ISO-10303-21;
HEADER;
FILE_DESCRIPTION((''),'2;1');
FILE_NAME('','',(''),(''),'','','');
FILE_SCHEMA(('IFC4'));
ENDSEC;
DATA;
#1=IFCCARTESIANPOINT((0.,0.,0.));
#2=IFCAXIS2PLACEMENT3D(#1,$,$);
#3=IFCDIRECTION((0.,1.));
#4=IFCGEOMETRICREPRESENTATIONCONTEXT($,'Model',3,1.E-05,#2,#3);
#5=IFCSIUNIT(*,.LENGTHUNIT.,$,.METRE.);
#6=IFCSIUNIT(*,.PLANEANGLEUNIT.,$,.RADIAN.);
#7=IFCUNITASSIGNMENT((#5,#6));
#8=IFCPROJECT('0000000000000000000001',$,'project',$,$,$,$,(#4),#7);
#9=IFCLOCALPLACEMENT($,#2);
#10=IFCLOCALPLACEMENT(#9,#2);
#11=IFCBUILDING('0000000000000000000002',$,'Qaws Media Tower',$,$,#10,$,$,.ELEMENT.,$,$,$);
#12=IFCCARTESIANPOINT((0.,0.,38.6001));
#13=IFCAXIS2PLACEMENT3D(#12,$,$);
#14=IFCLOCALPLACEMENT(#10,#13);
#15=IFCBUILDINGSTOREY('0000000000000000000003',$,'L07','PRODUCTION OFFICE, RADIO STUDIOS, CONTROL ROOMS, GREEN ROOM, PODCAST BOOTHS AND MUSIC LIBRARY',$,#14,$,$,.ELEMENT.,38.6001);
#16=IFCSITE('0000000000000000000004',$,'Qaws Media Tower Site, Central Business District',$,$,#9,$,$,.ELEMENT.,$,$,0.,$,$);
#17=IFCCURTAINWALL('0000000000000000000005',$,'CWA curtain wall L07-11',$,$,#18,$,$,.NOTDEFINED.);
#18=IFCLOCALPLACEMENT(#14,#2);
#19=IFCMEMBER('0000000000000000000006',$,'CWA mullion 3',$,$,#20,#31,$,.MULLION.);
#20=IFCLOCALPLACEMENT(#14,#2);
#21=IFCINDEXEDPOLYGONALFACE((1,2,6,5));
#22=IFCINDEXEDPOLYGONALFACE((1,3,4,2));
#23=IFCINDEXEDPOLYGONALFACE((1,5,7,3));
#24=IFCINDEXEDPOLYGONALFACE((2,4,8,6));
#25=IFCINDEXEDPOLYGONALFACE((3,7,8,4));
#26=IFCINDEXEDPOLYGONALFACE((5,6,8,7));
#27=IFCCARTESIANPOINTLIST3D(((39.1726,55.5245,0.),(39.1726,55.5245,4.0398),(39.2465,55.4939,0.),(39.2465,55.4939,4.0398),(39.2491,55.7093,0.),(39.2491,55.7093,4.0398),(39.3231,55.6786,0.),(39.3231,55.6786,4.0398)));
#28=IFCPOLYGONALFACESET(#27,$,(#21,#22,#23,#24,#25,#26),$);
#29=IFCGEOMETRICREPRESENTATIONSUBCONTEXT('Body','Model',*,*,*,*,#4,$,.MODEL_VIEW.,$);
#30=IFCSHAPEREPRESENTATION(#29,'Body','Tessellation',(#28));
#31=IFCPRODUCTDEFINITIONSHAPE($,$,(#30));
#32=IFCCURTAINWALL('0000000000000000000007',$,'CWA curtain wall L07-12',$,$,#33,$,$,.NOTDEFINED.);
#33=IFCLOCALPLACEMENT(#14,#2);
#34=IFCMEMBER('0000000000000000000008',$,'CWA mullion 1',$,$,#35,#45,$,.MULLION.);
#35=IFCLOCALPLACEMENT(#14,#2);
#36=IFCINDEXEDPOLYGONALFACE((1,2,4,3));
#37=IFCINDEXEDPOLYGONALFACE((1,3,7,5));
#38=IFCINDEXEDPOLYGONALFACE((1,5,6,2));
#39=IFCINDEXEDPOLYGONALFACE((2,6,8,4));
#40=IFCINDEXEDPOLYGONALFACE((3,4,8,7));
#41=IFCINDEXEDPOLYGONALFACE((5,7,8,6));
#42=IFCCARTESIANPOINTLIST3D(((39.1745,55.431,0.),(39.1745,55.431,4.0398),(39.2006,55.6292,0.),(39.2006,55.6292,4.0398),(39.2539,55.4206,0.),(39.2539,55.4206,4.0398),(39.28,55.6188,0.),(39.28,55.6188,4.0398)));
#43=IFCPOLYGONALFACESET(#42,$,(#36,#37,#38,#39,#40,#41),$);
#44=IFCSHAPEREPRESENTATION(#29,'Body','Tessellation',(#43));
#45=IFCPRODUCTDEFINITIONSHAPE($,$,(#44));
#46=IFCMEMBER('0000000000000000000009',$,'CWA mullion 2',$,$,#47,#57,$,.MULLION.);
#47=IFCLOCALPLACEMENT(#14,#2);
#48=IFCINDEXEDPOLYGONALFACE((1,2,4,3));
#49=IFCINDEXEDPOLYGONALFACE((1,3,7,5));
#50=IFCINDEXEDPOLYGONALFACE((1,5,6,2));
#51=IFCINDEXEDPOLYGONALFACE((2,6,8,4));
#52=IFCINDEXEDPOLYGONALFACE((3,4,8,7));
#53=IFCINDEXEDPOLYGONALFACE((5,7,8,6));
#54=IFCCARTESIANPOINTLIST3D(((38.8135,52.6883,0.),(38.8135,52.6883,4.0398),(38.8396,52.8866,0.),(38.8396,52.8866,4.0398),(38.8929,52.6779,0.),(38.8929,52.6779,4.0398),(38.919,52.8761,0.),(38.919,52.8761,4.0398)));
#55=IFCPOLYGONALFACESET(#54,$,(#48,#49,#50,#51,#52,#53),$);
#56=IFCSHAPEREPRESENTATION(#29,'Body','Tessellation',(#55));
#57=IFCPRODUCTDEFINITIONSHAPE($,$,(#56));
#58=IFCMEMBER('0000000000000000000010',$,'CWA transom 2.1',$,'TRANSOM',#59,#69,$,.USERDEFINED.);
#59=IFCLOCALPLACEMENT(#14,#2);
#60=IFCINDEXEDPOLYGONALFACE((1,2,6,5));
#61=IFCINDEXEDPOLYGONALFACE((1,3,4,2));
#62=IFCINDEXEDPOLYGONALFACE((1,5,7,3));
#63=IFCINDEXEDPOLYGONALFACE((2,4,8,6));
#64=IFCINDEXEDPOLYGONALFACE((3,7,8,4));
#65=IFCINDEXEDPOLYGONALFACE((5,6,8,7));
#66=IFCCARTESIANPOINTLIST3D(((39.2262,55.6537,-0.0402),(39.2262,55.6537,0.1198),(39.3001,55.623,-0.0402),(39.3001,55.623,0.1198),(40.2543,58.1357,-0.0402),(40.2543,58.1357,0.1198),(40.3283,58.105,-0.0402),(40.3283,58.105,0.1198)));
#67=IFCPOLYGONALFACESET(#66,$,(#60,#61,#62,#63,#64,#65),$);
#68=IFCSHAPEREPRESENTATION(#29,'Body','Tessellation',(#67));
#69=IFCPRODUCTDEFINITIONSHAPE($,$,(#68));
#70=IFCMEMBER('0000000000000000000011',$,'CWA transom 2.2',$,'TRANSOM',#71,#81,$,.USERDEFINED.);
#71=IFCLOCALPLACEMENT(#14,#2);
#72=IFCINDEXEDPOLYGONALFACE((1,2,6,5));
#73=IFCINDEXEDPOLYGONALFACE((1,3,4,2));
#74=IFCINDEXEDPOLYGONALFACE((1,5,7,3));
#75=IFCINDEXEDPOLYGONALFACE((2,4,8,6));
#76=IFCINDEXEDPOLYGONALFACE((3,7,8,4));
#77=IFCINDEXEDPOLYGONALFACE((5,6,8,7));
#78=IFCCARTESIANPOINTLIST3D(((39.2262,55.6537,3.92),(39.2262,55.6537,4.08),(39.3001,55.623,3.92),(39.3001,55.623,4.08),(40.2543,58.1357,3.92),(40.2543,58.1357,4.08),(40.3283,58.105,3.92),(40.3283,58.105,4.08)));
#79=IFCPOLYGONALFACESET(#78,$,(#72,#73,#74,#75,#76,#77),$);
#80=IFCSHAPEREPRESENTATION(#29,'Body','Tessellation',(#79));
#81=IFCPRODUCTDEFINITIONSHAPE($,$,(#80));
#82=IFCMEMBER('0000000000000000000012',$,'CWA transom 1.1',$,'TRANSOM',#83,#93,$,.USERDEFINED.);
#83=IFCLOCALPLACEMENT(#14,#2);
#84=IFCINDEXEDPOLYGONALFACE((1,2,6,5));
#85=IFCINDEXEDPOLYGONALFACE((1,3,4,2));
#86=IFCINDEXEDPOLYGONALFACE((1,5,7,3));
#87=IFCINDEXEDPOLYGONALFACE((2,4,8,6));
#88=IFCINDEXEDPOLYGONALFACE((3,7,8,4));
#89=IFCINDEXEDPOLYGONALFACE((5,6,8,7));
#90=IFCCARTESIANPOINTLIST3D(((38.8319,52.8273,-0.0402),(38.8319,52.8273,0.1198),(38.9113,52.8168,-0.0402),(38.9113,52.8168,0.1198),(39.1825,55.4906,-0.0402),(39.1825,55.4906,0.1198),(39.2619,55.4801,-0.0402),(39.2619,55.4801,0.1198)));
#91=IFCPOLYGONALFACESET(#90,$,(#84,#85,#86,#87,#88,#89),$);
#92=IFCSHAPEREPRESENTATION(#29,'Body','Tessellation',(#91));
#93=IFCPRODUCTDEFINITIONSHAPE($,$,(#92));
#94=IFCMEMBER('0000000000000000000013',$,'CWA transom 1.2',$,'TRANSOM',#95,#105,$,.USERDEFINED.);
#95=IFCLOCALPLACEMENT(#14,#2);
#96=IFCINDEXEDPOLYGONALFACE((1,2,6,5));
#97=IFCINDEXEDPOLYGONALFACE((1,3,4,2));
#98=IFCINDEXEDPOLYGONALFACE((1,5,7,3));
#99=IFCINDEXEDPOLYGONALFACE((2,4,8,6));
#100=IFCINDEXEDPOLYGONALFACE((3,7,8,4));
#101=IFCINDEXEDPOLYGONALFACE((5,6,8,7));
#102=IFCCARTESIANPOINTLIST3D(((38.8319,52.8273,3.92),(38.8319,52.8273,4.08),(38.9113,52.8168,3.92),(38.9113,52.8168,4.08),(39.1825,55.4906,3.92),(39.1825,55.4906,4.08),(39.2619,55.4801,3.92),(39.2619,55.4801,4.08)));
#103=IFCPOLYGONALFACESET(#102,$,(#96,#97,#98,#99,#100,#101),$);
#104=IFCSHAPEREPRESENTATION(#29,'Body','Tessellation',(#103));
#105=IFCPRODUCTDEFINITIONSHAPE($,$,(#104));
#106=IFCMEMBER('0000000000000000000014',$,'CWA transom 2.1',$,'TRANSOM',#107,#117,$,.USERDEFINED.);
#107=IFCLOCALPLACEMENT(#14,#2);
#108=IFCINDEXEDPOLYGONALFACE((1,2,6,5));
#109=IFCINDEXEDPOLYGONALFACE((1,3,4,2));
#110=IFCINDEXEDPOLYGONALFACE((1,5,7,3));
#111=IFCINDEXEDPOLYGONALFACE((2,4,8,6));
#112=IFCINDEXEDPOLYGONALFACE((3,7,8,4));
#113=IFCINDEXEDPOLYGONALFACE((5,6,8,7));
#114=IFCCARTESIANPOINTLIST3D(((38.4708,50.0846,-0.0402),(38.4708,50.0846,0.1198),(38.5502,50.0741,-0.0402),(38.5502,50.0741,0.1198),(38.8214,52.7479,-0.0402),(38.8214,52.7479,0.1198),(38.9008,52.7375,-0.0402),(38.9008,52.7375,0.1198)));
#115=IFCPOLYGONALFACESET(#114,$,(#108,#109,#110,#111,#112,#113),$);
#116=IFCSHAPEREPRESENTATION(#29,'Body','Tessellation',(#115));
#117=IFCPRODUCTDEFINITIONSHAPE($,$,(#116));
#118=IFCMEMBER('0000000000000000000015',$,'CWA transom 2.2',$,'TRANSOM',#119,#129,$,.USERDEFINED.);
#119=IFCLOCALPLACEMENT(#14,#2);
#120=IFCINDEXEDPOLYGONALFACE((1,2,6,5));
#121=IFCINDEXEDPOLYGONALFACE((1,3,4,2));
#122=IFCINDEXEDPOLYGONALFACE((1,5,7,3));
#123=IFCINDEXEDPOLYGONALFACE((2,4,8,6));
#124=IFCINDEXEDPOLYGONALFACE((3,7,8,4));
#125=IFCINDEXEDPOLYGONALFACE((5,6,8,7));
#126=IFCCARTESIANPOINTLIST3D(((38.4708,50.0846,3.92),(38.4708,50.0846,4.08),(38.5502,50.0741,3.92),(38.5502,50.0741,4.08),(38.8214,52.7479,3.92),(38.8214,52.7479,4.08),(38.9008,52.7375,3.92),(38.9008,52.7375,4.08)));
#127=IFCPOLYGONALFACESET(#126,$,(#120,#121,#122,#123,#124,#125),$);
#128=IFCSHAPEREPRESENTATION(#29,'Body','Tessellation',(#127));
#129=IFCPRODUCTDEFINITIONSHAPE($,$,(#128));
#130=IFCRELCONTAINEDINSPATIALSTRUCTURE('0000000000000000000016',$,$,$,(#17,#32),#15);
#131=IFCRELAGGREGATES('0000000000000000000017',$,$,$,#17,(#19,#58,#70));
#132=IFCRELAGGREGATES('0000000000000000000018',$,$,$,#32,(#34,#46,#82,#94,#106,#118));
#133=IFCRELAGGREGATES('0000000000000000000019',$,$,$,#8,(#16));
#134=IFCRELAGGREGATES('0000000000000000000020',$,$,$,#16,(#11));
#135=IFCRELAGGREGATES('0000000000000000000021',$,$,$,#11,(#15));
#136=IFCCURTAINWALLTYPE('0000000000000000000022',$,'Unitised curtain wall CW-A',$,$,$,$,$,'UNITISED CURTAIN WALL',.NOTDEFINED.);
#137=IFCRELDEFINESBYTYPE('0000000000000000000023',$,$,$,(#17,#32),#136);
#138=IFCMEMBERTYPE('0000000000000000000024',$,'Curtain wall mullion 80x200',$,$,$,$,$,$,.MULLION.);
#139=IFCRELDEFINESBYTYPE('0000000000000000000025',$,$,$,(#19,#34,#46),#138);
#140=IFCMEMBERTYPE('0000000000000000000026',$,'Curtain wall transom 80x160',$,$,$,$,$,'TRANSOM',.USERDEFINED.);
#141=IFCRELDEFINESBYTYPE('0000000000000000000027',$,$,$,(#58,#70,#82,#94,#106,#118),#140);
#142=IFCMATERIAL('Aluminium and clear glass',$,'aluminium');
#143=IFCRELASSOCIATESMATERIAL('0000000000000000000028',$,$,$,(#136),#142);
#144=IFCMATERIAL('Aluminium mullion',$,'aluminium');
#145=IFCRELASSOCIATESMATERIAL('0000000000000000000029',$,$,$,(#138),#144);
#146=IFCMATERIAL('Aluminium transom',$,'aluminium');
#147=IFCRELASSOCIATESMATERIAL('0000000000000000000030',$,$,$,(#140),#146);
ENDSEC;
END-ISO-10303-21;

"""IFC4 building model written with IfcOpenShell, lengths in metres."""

from ifc_helpers import new_model, si_unit, direction, frame, origin, origin_2d, place, context, subcontext, project, spatial, rectangle, extrude, material, material_profile, profile_set, type_object, element, aggregate, save


model = new_model("IFC4")

# Units and contexts
model_context = context("Model", 3, precision=1e-05, world=origin(), true_north=direction((0.0, 1.0)))
body_context = subcontext(model_context, "Body", "Model", "MODEL_VIEW")
ifc_project = project(units=[si_unit("LENGTHUNIT", "METRE"), si_unit("PLANEANGLEUNIT", "RADIAN")], contexts=[model_context])

# Site, building, storey
site_placement = place(None, origin())
site = spatial("IfcSite", under=ifc_project, at=site_placement, Name="Qaws Media Tower Site, Central Business District", CompositionType="ELEMENT", RefElevation=0.0)
building_placement = place(site_placement, origin())
building = spatial("IfcBuilding", under=site, at=building_placement, Name="Qaws Media Tower", CompositionType="ELEMENT")
storey_placement = place(building_placement, frame((0.0, 0.0, 38.6001)))
storey = spatial("IfcBuildingStorey", under=building, at=storey_placement, Name="L07", Description="PRODUCTION OFFICE, RADIO STUDIOS, CONTROL ROOMS, GREEN ROOM, PODCAST BOOTHS AND MUSIC LIBRARY", CompositionType="ELEMENT", Elevation=38.6001)

# Curtain wall, member
ifc_material_1 = material(Name="Aluminium and clear glass", Category="aluminium")
curtain_wall_type = type_object("IfcCurtainWallType", Name="Unitised curtain wall CW-A", ElementType="UNITISED CURTAIN WALL", PredefinedType="NOTDEFINED", material=ifc_material_1)
curtain_wall_1_placement = place(storey_placement, origin())
curtain_wall_1 = element("IfcCurtainWall", 1, at=curtain_wall_1_placement, inside=storey, type_object=curtain_wall_type, Name="CWA curtain wall L07-11", PredefinedType="NOTDEFINED")
ifc_material_2 = material(Name="Aluminium mullion", Category="aluminium")
ifc_material_profile_1 = material_profile(ifc_material_2, rectangle(XDim=0.0801, YDim=0.2, at=origin_2d()), Name="80x200")
ifc_profile_set_1 = profile_set([ifc_material_profile_1], Name="Aluminium mullion")
member_type_1 = type_object("IfcMemberType", Name="Curtain wall mullion 80x200", PredefinedType="MULLION", material=ifc_profile_set_1)
member_1_placement = place(storey_placement, frame((39.2478, 55.6016, 0.0), z_axis=(0.0, 0.0, 1.0), x_axis=(0.92388, -0.382683, 0.0)))
member_1 = element("IfcMember", 2, at=member_1_placement, type_object=member_type_1, Name="CWA mullion 3", PredefinedType="MULLION", context=body_context, shape_type="SweptSolid", body=[
    extrude(rectangle(XDim=0.0801, YDim=0.2, at=origin_2d()), origin(), (0.0, 0.0, 1.0), 4.0398),
])

# Curtain wall, members
curtain_wall_2_placement = place(storey_placement, origin())
curtain_wall_2 = element("IfcCurtainWall", 3, at=curtain_wall_2_placement, inside=storey, type_object=curtain_wall_type, Name="CWA curtain wall L07-12", PredefinedType="NOTDEFINED")
member_2_placement = place(storey_placement, frame((39.2273, 55.5249, 0.0), z_axis=(0.0, 0.0, 1.0), x_axis=(0.991445, -0.130526, 0.0)))
member_2 = element("IfcMember", 4, at=member_2_placement, type_object=member_type_1, Name="CWA mullion 1", PredefinedType="MULLION", context=body_context, shape_type="SweptSolid", body=[
    extrude(rectangle(XDim=0.0801, YDim=0.2, at=origin_2d()), origin(), (0.0, 0.0, 1.0), 4.0398),
])
member_3_placement = place(storey_placement, frame((38.8662, 52.7822, 0.0), z_axis=(0.0, 0.0, 1.0), x_axis=(0.991445, -0.130526, 0.0)))
member_3 = element("IfcMember", 5, at=member_3_placement, type_object=member_type_1, Name="CWA mullion 2", PredefinedType="MULLION", context=body_context, shape_type="SweptSolid", body=[
    extrude(rectangle(XDim=0.0801, YDim=0.2, at=origin_2d()), origin(), (0.0, 0.0, 1.0), 4.0398),
])

# Members
ifc_material_3 = material(Name="Aluminium transom", Category="aluminium")
ifc_material_profile_2 = material_profile(ifc_material_3, rectangle(XDim=0.0801, YDim=0.1599, at=origin_2d()), Name="80x160")
ifc_profile_set_2 = profile_set([ifc_material_profile_2], Name="Aluminium transom")
member_type_2 = type_object("IfcMemberType", Name="Curtain wall transom 80x160", ElementType="TRANSOM", PredefinedType="USERDEFINED", material=ifc_profile_set_2)
member_4_placement = place(storey_placement, frame((40.2913, 58.1204, 0.0398), z_axis=(-0.382692, -0.923876, 0.0), x_axis=(0.923876, -0.382692, 0.0)))
member_4 = element("IfcMember", 6, at=member_4_placement, type_object=member_type_2, Name="CWA transom 2.1", ObjectType="TRANSOM", PredefinedType="USERDEFINED", context=body_context, shape_type="SweptSolid", body=[
    extrude(rectangle(XDim=0.0801, YDim=0.1599, at=origin_2d()), origin(), (0.0, 0.0, 1.0), 2.6865),
])
member_5_placement = place(storey_placement, frame((40.2913, 58.1204, 4.0), z_axis=(-0.382692, -0.923876, 0.0), x_axis=(0.923876, -0.382692, 0.0)))
member_5 = element("IfcMember", 7, at=member_5_placement, type_object=member_type_2, Name="CWA transom 2.2", ObjectType="TRANSOM", PredefinedType="USERDEFINED", context=body_context, shape_type="SweptSolid", body=[
    extrude(rectangle(XDim=0.0801, YDim=0.1599, at=origin_2d()), origin(), (0.0, 0.0, 1.0), 2.6865),
])
member_6_placement = place(storey_placement, frame((39.2222, 55.4854, 0.0398), z_axis=(-0.130509, -0.991447, 0.0), x_axis=(0.991447, -0.130509, 0.0)))
member_6 = element("IfcMember", 8, at=member_6_placement, type_object=member_type_2, Name="CWA transom 1.1", ObjectType="TRANSOM", PredefinedType="USERDEFINED", context=body_context, shape_type="SweptSolid", body=[
    extrude(rectangle(XDim=0.0801, YDim=0.1599, at=origin_2d()), origin(), (0.0, 0.0, 1.0), 2.6863),
])
member_7_placement = place(storey_placement, frame((39.2222, 55.4854, 4.0), z_axis=(-0.130509, -0.991447, 0.0), x_axis=(0.991447, -0.130509, 0.0)))
member_7 = element("IfcMember", 9, at=member_7_placement, type_object=member_type_2, Name="CWA transom 1.2", ObjectType="TRANSOM", PredefinedType="USERDEFINED", context=body_context, shape_type="SweptSolid", body=[
    extrude(rectangle(XDim=0.0801, YDim=0.1599, at=origin_2d()), origin(), (0.0, 0.0, 1.0), 2.6863),
])
member_8_placement = place(storey_placement, frame((38.8611, 52.7427, 0.0398), z_axis=(-0.130509, -0.991447, 0.0), x_axis=(0.991447, -0.130509, 0.0)))
member_8 = element("IfcMember", 10, at=member_8_placement, type_object=member_type_2, Name="CWA transom 2.1", ObjectType="TRANSOM", PredefinedType="USERDEFINED", context=body_context, shape_type="SweptSolid", body=[
    extrude(rectangle(XDim=0.0801, YDim=0.1599, at=origin_2d()), origin(), (0.0, 0.0, 1.0), 2.6863),
])
member_9_placement = place(storey_placement, frame((38.8611, 52.7427, 4.0), z_axis=(-0.130509, -0.991447, 0.0), x_axis=(0.991447, -0.130509, 0.0)))
member_9 = element("IfcMember", 11, at=member_9_placement, type_object=member_type_2, Name="CWA transom 2.2", ObjectType="TRANSOM", PredefinedType="USERDEFINED", context=body_context, shape_type="SweptSolid", body=[
    extrude(rectangle(XDim=0.0801, YDim=0.1599, at=origin_2d()), origin(), (0.0, 0.0, 1.0), 2.6863),
])

aggregate(curtain_wall_1, [member_1, member_4, member_5])
aggregate(curtain_wall_2, [member_2, member_3, member_6, member_7, member_8, member_9])

save(model, "model.ifc")
